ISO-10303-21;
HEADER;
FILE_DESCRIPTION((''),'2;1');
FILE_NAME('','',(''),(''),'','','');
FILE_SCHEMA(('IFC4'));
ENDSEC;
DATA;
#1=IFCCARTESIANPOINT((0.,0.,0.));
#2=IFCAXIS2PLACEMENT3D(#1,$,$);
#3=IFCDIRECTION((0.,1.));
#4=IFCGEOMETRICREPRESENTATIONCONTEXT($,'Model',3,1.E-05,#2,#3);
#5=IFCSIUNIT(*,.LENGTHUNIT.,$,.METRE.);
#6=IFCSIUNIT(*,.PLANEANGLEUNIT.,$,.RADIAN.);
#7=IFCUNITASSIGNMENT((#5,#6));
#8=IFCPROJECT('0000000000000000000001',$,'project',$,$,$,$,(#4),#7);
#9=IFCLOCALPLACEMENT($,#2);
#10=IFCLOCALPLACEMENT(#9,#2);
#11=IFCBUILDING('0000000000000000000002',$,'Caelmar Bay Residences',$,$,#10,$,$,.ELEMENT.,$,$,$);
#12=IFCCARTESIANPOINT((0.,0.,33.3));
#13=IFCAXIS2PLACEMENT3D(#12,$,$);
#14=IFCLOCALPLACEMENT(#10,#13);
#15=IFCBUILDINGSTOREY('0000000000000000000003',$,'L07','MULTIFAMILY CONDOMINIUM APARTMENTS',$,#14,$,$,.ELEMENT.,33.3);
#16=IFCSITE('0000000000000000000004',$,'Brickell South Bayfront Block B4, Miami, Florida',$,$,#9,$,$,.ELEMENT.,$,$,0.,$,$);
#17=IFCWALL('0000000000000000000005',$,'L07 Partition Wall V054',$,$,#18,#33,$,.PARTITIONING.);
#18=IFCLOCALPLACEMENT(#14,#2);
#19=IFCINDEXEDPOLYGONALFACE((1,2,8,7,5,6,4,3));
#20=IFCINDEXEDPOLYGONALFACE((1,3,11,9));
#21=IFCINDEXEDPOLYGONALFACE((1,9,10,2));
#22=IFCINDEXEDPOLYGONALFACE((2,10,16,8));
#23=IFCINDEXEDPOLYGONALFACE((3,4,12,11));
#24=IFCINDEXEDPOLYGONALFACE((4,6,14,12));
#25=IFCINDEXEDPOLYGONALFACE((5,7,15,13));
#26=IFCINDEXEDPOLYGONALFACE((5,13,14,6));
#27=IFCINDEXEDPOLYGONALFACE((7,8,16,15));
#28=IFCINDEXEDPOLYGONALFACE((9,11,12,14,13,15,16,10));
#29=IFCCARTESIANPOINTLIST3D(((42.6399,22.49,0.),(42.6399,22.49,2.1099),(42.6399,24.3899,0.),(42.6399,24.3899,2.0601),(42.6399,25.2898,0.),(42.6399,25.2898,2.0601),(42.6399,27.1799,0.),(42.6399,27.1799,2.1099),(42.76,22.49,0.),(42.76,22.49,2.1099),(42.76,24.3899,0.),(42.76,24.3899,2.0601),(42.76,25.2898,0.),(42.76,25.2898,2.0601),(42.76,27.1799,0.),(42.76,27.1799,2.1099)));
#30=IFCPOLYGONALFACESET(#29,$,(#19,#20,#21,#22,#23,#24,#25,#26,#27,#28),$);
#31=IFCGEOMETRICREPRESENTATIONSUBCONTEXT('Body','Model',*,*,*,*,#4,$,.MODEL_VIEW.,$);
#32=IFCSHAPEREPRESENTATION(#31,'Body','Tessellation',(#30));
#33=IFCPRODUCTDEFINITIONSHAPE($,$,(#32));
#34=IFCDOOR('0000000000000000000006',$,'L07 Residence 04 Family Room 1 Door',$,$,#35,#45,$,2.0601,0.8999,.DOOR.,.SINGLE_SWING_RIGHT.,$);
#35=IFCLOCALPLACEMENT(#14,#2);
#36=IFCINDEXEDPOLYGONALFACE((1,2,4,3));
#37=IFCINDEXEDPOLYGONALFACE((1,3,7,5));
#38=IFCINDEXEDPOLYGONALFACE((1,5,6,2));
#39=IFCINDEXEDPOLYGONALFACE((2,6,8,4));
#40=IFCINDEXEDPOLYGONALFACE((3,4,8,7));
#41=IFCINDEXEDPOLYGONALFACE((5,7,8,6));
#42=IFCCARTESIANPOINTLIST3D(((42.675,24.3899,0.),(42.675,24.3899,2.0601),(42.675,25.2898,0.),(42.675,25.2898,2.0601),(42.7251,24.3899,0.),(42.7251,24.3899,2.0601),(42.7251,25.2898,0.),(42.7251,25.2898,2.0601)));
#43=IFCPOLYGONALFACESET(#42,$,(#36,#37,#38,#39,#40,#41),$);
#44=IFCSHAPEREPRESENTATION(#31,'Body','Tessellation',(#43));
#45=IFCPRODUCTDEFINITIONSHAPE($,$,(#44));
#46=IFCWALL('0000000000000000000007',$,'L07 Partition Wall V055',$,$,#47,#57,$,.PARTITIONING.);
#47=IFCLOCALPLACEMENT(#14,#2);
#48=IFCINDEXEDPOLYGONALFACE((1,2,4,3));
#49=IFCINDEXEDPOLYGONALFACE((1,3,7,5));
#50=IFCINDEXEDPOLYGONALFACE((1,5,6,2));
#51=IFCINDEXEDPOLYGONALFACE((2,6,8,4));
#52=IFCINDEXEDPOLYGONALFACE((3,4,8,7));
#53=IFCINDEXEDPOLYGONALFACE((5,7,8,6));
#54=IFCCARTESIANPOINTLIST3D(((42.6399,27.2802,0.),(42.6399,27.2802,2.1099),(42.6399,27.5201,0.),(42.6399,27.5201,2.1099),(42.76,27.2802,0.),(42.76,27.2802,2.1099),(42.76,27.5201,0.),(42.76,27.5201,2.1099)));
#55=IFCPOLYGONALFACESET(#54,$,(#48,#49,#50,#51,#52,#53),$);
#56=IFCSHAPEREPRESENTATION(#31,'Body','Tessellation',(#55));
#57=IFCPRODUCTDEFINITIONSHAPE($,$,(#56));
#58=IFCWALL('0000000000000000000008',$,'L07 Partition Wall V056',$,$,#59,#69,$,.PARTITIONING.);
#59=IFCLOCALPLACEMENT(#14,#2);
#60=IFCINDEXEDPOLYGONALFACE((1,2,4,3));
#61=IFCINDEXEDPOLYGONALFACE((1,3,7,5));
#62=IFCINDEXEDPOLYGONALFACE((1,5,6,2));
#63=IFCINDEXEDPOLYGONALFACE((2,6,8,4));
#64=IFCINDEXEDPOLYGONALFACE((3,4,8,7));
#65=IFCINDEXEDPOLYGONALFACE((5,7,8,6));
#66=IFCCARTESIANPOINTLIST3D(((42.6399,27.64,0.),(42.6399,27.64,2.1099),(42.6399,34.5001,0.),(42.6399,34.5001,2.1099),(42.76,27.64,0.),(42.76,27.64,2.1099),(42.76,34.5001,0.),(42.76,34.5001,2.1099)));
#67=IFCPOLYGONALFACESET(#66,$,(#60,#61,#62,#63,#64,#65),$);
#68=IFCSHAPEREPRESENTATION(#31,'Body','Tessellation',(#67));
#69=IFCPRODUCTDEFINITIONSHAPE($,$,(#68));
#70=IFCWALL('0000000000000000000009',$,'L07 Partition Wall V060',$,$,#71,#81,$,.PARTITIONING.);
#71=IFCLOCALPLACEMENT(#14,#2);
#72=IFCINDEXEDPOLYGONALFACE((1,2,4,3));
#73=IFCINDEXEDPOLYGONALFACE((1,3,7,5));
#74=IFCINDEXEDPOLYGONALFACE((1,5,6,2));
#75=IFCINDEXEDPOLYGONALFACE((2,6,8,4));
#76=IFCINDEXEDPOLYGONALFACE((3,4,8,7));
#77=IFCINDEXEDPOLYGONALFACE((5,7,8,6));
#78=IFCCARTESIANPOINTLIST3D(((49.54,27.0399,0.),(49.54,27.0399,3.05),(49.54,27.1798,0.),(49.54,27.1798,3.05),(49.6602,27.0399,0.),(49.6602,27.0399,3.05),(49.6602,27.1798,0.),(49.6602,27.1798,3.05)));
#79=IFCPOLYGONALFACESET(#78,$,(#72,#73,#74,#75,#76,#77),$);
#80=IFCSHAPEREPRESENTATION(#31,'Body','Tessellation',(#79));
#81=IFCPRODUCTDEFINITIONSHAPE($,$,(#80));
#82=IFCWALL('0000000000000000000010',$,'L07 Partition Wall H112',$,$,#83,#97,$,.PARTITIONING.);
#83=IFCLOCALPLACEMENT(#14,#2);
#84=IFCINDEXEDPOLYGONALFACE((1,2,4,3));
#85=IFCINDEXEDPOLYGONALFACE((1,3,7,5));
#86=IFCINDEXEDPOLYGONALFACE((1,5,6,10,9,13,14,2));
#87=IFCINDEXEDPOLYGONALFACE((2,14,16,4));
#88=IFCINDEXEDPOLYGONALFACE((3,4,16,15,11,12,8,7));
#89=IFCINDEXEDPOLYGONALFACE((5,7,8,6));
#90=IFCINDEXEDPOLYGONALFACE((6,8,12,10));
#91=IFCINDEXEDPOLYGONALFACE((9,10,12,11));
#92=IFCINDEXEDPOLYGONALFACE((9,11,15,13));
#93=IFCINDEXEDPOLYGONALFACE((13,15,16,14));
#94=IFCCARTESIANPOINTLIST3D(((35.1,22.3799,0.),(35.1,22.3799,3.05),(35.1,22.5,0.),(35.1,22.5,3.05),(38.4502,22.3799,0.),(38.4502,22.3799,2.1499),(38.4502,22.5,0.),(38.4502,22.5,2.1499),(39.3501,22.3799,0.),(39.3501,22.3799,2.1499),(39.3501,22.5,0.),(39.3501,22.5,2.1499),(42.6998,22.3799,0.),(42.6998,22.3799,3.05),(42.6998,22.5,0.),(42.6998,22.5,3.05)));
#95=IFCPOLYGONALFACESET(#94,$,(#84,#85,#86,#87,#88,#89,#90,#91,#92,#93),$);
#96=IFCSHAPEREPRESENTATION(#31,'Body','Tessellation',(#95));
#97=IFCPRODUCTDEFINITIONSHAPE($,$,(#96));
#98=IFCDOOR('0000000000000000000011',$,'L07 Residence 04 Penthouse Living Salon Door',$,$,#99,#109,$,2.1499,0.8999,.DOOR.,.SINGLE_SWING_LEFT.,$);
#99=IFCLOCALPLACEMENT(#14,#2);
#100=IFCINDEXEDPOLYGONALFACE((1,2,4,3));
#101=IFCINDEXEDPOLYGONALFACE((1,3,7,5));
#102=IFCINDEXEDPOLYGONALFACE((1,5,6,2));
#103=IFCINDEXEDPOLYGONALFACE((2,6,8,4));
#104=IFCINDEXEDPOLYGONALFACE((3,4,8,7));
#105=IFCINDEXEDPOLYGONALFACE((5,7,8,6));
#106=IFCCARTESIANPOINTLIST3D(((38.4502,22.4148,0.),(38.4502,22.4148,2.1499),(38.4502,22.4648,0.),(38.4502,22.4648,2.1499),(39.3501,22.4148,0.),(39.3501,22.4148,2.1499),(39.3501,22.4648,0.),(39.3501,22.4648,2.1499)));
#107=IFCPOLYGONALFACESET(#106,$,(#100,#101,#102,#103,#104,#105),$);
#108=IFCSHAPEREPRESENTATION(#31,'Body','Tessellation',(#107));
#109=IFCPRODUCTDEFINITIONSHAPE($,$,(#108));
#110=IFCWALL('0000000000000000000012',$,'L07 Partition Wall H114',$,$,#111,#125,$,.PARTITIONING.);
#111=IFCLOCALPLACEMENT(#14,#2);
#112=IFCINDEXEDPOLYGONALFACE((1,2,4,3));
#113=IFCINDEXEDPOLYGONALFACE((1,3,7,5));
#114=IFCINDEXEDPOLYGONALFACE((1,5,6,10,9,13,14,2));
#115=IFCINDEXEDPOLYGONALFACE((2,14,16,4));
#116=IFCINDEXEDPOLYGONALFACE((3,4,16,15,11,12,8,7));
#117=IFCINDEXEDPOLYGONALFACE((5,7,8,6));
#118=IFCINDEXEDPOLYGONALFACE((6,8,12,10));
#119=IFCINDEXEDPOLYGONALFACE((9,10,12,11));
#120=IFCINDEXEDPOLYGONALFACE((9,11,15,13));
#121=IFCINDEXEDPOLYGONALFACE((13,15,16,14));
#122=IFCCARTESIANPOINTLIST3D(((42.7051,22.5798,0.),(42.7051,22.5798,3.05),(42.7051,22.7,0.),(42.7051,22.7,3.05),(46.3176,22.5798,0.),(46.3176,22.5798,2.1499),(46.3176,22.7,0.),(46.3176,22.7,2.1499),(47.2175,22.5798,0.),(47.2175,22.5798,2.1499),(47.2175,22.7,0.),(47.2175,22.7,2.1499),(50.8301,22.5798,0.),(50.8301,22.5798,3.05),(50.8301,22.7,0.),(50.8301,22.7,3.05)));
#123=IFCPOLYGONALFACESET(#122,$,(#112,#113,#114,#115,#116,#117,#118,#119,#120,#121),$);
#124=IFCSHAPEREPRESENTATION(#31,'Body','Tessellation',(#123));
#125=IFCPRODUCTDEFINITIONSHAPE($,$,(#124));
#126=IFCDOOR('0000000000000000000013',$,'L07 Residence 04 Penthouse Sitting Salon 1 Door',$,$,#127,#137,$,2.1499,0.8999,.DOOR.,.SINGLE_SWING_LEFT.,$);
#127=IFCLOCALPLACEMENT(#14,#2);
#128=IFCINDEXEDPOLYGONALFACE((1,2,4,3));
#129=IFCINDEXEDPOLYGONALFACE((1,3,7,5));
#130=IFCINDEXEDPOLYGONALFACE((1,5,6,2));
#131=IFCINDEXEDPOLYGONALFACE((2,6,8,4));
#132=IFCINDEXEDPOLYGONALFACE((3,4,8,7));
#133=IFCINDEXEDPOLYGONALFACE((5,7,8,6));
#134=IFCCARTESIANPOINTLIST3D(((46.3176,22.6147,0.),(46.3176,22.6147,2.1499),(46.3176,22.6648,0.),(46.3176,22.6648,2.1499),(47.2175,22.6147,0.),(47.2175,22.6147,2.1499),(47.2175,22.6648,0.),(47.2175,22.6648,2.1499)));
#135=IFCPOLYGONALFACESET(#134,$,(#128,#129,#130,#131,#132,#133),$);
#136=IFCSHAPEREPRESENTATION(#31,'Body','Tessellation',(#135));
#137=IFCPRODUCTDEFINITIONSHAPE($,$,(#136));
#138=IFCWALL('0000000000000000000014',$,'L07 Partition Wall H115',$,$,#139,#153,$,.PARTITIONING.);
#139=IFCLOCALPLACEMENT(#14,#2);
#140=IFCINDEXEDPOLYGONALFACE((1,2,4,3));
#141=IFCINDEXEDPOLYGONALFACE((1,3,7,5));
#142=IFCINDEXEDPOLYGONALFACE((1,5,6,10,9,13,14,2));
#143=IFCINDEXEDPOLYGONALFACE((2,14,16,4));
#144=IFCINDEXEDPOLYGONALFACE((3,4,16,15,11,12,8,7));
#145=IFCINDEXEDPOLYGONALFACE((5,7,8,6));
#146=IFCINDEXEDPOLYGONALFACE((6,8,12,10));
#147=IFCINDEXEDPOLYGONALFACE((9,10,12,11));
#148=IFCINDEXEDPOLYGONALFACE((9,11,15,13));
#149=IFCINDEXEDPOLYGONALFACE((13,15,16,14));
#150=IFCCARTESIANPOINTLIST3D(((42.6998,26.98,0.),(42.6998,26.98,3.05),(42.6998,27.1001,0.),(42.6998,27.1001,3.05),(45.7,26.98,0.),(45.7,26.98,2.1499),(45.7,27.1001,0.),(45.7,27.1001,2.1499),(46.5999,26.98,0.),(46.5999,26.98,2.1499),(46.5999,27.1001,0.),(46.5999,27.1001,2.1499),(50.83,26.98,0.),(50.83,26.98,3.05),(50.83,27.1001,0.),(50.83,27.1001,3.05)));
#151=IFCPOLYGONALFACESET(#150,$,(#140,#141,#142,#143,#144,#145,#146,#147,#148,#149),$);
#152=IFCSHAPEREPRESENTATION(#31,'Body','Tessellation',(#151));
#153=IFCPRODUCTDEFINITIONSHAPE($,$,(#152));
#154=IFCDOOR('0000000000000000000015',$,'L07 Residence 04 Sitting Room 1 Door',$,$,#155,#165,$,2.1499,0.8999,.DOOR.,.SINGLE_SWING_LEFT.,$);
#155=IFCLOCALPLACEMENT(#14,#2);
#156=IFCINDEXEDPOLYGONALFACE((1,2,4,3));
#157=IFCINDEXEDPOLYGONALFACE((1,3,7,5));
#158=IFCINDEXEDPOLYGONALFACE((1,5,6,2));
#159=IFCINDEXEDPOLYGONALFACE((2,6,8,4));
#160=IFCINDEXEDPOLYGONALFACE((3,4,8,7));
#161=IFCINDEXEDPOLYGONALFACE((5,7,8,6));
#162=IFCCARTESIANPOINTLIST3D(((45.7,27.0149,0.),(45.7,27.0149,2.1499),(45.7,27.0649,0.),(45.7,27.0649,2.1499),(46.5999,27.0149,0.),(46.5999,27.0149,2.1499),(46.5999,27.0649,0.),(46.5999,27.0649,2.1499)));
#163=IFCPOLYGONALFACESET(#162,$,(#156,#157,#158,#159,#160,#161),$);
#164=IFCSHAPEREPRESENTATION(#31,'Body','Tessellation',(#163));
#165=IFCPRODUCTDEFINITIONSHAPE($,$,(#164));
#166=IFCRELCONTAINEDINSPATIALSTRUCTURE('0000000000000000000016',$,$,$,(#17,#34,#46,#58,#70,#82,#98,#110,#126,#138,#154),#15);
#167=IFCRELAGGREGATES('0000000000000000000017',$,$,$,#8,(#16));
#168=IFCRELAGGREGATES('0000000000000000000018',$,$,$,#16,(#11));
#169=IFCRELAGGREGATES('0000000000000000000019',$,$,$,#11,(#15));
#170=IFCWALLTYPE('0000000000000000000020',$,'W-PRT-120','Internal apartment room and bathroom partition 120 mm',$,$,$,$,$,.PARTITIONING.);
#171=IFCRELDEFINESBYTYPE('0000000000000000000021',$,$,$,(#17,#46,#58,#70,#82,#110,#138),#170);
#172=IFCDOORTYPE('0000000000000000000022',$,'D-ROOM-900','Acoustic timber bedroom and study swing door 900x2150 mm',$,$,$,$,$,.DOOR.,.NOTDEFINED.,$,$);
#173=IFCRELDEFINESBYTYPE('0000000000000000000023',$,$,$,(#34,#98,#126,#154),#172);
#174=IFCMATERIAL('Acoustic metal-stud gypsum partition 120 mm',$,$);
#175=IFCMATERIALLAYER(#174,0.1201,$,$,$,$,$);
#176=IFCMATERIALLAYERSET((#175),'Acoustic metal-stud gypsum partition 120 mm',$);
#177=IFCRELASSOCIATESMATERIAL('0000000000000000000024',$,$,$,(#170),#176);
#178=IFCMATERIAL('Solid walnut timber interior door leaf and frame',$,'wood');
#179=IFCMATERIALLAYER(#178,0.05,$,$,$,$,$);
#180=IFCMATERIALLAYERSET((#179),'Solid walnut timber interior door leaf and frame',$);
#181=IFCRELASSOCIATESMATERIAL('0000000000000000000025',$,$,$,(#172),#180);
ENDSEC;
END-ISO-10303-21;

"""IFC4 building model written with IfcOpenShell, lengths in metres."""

from ifc_helpers import new_model, si_unit, direction, frame, frame_2d, origin, place, context, subcontext, project, spatial, rectangle, extrude, material, layer, layer_set, type_object, element, fill, save


model = new_model("IFC4")

# Units and contexts
model_context = context("Model", 3, precision=1e-05, world=origin(), true_north=direction((0.0, 1.0)))
body_context = subcontext(model_context, "Body", "Model", "MODEL_VIEW")
ifc_project = project(units=[si_unit("LENGTHUNIT", "METRE"), si_unit("PLANEANGLEUNIT", "RADIAN")], contexts=[model_context])

# Site, building, storey
site_placement = place(None, origin())
site = spatial("IfcSite", under=ifc_project, at=site_placement, Name="Brickell South Bayfront Block B4, Miami, Florida", CompositionType="ELEMENT", RefElevation=0.0)
building_placement = place(site_placement, origin())
building = spatial("IfcBuilding", under=site, at=building_placement, Name="Caelmar Bay Residences", CompositionType="ELEMENT")
storey_placement = place(building_placement, frame((0.0, 0.0, 33.3)))
storey = spatial("IfcBuildingStorey", under=building, at=storey_placement, Name="L07", Description="MULTIFAMILY CONDOMINIUM APARTMENTS", CompositionType="ELEMENT", Elevation=33.3)

# Shared definitions
ifc_material_1 = material(Name="Acoustic metal-stud gypsum partition 120 mm")
ifc_layer_1 = layer(ifc_material_1, 0.1201)
ifc_layer_set_1 = layer_set([ifc_layer_1], Name="Acoustic metal-stud gypsum partition 120 mm")
wall_type_1 = type_object("IfcWallType", Name="W-PRT-120", Description="Internal apartment room and bathroom partition 120 mm", PredefinedType="PARTITIONING", material=ifc_layer_set_1)

# Wall, opening, door
ifc_material_2 = material(Name="Solid walnut timber interior door leaf and frame", Category="wood")
wall_1_placement = place(storey_placement, frame((42.7, 22.49, 0.0), z_axis=(0.0, 0.0, 1.0), x_axis=(0.0, 1.0, 0.0)))
wall_1 = element("IfcWall", 1, at=wall_1_placement, inside=storey, type_object=wall_type_1, Name="L07 Partition Wall V054", PredefinedType="PARTITIONING", context=body_context, shape_type="SweptSolid", body=[
    extrude(rectangle(XDim=4.6899, YDim=0.1201, at=frame_2d((2.345, 0.0))), origin(), (0.0, 0.0, 1.0), 2.1099),
])
opening_1_placement = place(wall_1_placement, frame((1.8999, 0.0, 0.0)))
opening_1 = element("IfcOpeningElement", 2, at=opening_1_placement, cuts=wall_1, PredefinedType="OPENING", context=body_context, shape_type="SweptSolid", body=[
    extrude(rectangle(XDim=0.8999, YDim=2.0601, at=frame_2d((0.45, 1.03))), frame((0.0, 0.0701, 0.0), z_axis=(0.0, -1.0, 0.0), x_axis=(1.0, 0.0, 0.0)), (0.0, 0.0, 1.0), 0.1401),
])
ifc_layer_2 = layer(ifc_material_2, 0.05)
ifc_layer_set_2 = layer_set([ifc_layer_2], Name="Solid walnut timber interior door leaf and frame")
door_type_1 = type_object("IfcDoorType", Name="D-ROOM-900", Description="Acoustic timber bedroom and study swing door 900x2150 mm", OperationType="NOTDEFINED", PredefinedType="DOOR", material=ifc_layer_set_2)
door_1_placement = place(opening_1_placement, origin())
door_1 = element("IfcDoor", 3, at=door_1_placement, inside=storey, type_object=door_type_1, Name="L07 Residence 04 Family Room 1 Door", OperationType="SINGLE_SWING_RIGHT", OverallHeight=2.0601, OverallWidth=0.8999, PredefinedType="DOOR", context=body_context, shape_type="SweptSolid", body=[
    extrude(rectangle(XDim=0.8999, YDim=2.0601, at=frame_2d((0.45, 1.03))), frame((0.0, 0.0249, 0.0), z_axis=(0.0, -1.0, 0.0), x_axis=(1.0, 0.0, 0.0)), (0.0, 0.0, 1.0), 0.05),
])
fill(opening_1, door_1)

# Walls
wall_2_placement = place(storey_placement, frame((42.7, 27.28, 0.0), z_axis=(0.0, 0.0, 1.0), x_axis=(0.0, 1.0, 0.0)))
element("IfcWall", 4, at=wall_2_placement, inside=storey, type_object=wall_type_1, Name="L07 Partition Wall V055", PredefinedType="PARTITIONING", context=body_context, shape_type="SweptSolid", body=[
    extrude(rectangle(XDim=0.24, YDim=0.1201, at=frame_2d((0.1201, 0.0))), origin(), (0.0, 0.0, 1.0), 2.1099),
])
wall_3_placement = place(storey_placement, frame((42.7, 27.6399, 0.0), z_axis=(0.0, 0.0, 1.0), x_axis=(0.0, 1.0, 0.0)))
element("IfcWall", 5, at=wall_3_placement, inside=storey, type_object=wall_type_1, Name="L07 Partition Wall V056", PredefinedType="PARTITIONING", context=body_context, shape_type="SweptSolid", body=[
    extrude(rectangle(XDim=6.8601, YDim=0.1201, at=frame_2d((3.4302, 0.0))), origin(), (0.0, 0.0, 1.0), 2.1099),
])
wall_4_placement = place(storey_placement, frame((49.6001, 27.04, 0.0), z_axis=(0.0, 0.0, 1.0), x_axis=(0.0, 1.0, 0.0)))
element("IfcWall", 6, at=wall_4_placement, inside=storey, type_object=wall_type_1, Name="L07 Partition Wall V060", PredefinedType="PARTITIONING", context=body_context, shape_type="SweptSolid", body=[
    extrude(rectangle(XDim=0.1399, YDim=0.1201, at=frame_2d((0.0698, 0.0))), origin(), (0.0, 0.0, 1.0), 3.05),
])

# Walls, openings, doors
wall_5_placement = place(storey_placement, frame((35.1001, 22.4399, 0.0), z_axis=(0.0, 0.0, 1.0), x_axis=(1.0, 0.0, 0.0)))
wall_5 = element("IfcWall", 7, at=wall_5_placement, inside=storey, type_object=wall_type_1, Name="L07 Partition Wall H112", PredefinedType="PARTITIONING", context=body_context, shape_type="SweptSolid", body=[
    extrude(rectangle(XDim=7.5999, YDim=0.1201, at=frame_2d((3.7998, 0.0))), origin(), (0.0, 0.0, 1.0), 3.05),
])
opening_2_placement = place(wall_5_placement, frame((3.3501, 0.0, 0.0)))
opening_2 = element("IfcOpeningElement", 8, at=opening_2_placement, cuts=wall_5, PredefinedType="OPENING", context=body_context, shape_type="SweptSolid", body=[
    extrude(rectangle(XDim=0.8999, YDim=2.1499, at=frame_2d((0.45, 1.075))), frame((0.0, 0.0701, 0.0), z_axis=(0.0, -1.0, 0.0), x_axis=(1.0, 0.0, 0.0)), (0.0, 0.0, 1.0), 0.1401),
])
door_2_placement = place(opening_2_placement, origin())
door_2 = element("IfcDoor", 9, at=door_2_placement, inside=storey, type_object=door_type_1, Name="L07 Residence 04 Penthouse Living Salon Door", OperationType="SINGLE_SWING_LEFT", OverallHeight=2.1499, OverallWidth=0.8999, PredefinedType="DOOR", context=body_context, shape_type="SweptSolid", body=[
    extrude(rectangle(XDim=0.8999, YDim=2.1499, at=frame_2d((0.45, 1.075))), frame((0.0, 0.0249, 0.0), z_axis=(0.0, -1.0, 0.0), x_axis=(1.0, 0.0, 0.0)), (0.0, 0.0, 1.0), 0.05),
])
fill(opening_2, door_2)
wall_6_placement = place(storey_placement, frame((42.7051, 22.6399, 0.0), z_axis=(0.0, 0.0, 1.0), x_axis=(1.0, 0.0, 0.0)))
wall_6 = element("IfcWall", 10, at=wall_6_placement, inside=storey, type_object=wall_type_1, Name="L07 Partition Wall H114", PredefinedType="PARTITIONING", context=body_context, shape_type="SweptSolid", body=[
    extrude(rectangle(XDim=8.125, YDim=0.1201, at=frame_2d((4.0625, 0.0))), origin(), (0.0, 0.0, 1.0), 3.05),
])
opening_3_placement = place(wall_6_placement, frame((3.6125, 0.0, 0.0)))
opening_3 = element("IfcOpeningElement", 11, at=opening_3_placement, cuts=wall_6, PredefinedType="OPENING", context=body_context, shape_type="SweptSolid", body=[
    extrude(rectangle(XDim=0.8999, YDim=2.1499, at=frame_2d((0.45, 1.075))), frame((0.0, 0.0701, 0.0), z_axis=(0.0, -1.0, 0.0), x_axis=(1.0, 0.0, 0.0)), (0.0, 0.0, 1.0), 0.1401),
])
door_3_placement = place(opening_3_placement, origin())
door_3 = element("IfcDoor", 12, at=door_3_placement, inside=storey, type_object=door_type_1, Name="L07 Residence 04 Penthouse Sitting Salon 1 Door", OperationType="SINGLE_SWING_LEFT", OverallHeight=2.1499, OverallWidth=0.8999, PredefinedType="DOOR", context=body_context, shape_type="SweptSolid", body=[
    extrude(rectangle(XDim=0.8999, YDim=2.1499, at=frame_2d((0.45, 1.075))), frame((0.0, 0.0249, 0.0), z_axis=(0.0, -1.0, 0.0), x_axis=(1.0, 0.0, 0.0)), (0.0, 0.0, 1.0), 0.05),
])
fill(opening_3, door_3)
wall_7_placement = place(storey_placement, frame((42.7, 27.04, 0.0), z_axis=(0.0, 0.0, 1.0), x_axis=(1.0, 0.0, 0.0)))
wall_7 = element("IfcWall", 13, at=wall_7_placement, inside=storey, type_object=wall_type_1, Name="L07 Partition Wall H115", PredefinedType="PARTITIONING", context=body_context, shape_type="SweptSolid", body=[
    extrude(rectangle(XDim=8.1301, YDim=0.1201, at=frame_2d((4.0649, 0.0))), origin(), (0.0, 0.0, 1.0), 3.05),
])
opening_4_placement = place(wall_7_placement, frame((3.0, 0.0, 0.0)))
opening_4 = element("IfcOpeningElement", 14, at=opening_4_placement, cuts=wall_7, PredefinedType="OPENING", context=body_context, shape_type="SweptSolid", body=[
    extrude(rectangle(XDim=0.8999, YDim=2.1499, at=frame_2d((0.45, 1.075))), frame((0.0, 0.0701, 0.0), z_axis=(0.0, -1.0, 0.0), x_axis=(1.0, 0.0, 0.0)), (0.0, 0.0, 1.0), 0.1401),
])
door_4_placement = place(opening_4_placement, origin())
door_4 = element("IfcDoor", 15, at=door_4_placement, inside=storey, type_object=door_type_1, Name="L07 Residence 04 Sitting Room 1 Door", OperationType="SINGLE_SWING_LEFT", OverallHeight=2.1499, OverallWidth=0.8999, PredefinedType="DOOR", context=body_context, shape_type="SweptSolid", body=[
    extrude(rectangle(XDim=0.8999, YDim=2.1499, at=frame_2d((0.45, 1.075))), frame((0.0, 0.0249, 0.0), z_axis=(0.0, -1.0, 0.0), x_axis=(1.0, 0.0, 0.0)), (0.0, 0.0, 1.0), 0.05),
])
fill(opening_4, door_4)

save(model, "model.ifc")
